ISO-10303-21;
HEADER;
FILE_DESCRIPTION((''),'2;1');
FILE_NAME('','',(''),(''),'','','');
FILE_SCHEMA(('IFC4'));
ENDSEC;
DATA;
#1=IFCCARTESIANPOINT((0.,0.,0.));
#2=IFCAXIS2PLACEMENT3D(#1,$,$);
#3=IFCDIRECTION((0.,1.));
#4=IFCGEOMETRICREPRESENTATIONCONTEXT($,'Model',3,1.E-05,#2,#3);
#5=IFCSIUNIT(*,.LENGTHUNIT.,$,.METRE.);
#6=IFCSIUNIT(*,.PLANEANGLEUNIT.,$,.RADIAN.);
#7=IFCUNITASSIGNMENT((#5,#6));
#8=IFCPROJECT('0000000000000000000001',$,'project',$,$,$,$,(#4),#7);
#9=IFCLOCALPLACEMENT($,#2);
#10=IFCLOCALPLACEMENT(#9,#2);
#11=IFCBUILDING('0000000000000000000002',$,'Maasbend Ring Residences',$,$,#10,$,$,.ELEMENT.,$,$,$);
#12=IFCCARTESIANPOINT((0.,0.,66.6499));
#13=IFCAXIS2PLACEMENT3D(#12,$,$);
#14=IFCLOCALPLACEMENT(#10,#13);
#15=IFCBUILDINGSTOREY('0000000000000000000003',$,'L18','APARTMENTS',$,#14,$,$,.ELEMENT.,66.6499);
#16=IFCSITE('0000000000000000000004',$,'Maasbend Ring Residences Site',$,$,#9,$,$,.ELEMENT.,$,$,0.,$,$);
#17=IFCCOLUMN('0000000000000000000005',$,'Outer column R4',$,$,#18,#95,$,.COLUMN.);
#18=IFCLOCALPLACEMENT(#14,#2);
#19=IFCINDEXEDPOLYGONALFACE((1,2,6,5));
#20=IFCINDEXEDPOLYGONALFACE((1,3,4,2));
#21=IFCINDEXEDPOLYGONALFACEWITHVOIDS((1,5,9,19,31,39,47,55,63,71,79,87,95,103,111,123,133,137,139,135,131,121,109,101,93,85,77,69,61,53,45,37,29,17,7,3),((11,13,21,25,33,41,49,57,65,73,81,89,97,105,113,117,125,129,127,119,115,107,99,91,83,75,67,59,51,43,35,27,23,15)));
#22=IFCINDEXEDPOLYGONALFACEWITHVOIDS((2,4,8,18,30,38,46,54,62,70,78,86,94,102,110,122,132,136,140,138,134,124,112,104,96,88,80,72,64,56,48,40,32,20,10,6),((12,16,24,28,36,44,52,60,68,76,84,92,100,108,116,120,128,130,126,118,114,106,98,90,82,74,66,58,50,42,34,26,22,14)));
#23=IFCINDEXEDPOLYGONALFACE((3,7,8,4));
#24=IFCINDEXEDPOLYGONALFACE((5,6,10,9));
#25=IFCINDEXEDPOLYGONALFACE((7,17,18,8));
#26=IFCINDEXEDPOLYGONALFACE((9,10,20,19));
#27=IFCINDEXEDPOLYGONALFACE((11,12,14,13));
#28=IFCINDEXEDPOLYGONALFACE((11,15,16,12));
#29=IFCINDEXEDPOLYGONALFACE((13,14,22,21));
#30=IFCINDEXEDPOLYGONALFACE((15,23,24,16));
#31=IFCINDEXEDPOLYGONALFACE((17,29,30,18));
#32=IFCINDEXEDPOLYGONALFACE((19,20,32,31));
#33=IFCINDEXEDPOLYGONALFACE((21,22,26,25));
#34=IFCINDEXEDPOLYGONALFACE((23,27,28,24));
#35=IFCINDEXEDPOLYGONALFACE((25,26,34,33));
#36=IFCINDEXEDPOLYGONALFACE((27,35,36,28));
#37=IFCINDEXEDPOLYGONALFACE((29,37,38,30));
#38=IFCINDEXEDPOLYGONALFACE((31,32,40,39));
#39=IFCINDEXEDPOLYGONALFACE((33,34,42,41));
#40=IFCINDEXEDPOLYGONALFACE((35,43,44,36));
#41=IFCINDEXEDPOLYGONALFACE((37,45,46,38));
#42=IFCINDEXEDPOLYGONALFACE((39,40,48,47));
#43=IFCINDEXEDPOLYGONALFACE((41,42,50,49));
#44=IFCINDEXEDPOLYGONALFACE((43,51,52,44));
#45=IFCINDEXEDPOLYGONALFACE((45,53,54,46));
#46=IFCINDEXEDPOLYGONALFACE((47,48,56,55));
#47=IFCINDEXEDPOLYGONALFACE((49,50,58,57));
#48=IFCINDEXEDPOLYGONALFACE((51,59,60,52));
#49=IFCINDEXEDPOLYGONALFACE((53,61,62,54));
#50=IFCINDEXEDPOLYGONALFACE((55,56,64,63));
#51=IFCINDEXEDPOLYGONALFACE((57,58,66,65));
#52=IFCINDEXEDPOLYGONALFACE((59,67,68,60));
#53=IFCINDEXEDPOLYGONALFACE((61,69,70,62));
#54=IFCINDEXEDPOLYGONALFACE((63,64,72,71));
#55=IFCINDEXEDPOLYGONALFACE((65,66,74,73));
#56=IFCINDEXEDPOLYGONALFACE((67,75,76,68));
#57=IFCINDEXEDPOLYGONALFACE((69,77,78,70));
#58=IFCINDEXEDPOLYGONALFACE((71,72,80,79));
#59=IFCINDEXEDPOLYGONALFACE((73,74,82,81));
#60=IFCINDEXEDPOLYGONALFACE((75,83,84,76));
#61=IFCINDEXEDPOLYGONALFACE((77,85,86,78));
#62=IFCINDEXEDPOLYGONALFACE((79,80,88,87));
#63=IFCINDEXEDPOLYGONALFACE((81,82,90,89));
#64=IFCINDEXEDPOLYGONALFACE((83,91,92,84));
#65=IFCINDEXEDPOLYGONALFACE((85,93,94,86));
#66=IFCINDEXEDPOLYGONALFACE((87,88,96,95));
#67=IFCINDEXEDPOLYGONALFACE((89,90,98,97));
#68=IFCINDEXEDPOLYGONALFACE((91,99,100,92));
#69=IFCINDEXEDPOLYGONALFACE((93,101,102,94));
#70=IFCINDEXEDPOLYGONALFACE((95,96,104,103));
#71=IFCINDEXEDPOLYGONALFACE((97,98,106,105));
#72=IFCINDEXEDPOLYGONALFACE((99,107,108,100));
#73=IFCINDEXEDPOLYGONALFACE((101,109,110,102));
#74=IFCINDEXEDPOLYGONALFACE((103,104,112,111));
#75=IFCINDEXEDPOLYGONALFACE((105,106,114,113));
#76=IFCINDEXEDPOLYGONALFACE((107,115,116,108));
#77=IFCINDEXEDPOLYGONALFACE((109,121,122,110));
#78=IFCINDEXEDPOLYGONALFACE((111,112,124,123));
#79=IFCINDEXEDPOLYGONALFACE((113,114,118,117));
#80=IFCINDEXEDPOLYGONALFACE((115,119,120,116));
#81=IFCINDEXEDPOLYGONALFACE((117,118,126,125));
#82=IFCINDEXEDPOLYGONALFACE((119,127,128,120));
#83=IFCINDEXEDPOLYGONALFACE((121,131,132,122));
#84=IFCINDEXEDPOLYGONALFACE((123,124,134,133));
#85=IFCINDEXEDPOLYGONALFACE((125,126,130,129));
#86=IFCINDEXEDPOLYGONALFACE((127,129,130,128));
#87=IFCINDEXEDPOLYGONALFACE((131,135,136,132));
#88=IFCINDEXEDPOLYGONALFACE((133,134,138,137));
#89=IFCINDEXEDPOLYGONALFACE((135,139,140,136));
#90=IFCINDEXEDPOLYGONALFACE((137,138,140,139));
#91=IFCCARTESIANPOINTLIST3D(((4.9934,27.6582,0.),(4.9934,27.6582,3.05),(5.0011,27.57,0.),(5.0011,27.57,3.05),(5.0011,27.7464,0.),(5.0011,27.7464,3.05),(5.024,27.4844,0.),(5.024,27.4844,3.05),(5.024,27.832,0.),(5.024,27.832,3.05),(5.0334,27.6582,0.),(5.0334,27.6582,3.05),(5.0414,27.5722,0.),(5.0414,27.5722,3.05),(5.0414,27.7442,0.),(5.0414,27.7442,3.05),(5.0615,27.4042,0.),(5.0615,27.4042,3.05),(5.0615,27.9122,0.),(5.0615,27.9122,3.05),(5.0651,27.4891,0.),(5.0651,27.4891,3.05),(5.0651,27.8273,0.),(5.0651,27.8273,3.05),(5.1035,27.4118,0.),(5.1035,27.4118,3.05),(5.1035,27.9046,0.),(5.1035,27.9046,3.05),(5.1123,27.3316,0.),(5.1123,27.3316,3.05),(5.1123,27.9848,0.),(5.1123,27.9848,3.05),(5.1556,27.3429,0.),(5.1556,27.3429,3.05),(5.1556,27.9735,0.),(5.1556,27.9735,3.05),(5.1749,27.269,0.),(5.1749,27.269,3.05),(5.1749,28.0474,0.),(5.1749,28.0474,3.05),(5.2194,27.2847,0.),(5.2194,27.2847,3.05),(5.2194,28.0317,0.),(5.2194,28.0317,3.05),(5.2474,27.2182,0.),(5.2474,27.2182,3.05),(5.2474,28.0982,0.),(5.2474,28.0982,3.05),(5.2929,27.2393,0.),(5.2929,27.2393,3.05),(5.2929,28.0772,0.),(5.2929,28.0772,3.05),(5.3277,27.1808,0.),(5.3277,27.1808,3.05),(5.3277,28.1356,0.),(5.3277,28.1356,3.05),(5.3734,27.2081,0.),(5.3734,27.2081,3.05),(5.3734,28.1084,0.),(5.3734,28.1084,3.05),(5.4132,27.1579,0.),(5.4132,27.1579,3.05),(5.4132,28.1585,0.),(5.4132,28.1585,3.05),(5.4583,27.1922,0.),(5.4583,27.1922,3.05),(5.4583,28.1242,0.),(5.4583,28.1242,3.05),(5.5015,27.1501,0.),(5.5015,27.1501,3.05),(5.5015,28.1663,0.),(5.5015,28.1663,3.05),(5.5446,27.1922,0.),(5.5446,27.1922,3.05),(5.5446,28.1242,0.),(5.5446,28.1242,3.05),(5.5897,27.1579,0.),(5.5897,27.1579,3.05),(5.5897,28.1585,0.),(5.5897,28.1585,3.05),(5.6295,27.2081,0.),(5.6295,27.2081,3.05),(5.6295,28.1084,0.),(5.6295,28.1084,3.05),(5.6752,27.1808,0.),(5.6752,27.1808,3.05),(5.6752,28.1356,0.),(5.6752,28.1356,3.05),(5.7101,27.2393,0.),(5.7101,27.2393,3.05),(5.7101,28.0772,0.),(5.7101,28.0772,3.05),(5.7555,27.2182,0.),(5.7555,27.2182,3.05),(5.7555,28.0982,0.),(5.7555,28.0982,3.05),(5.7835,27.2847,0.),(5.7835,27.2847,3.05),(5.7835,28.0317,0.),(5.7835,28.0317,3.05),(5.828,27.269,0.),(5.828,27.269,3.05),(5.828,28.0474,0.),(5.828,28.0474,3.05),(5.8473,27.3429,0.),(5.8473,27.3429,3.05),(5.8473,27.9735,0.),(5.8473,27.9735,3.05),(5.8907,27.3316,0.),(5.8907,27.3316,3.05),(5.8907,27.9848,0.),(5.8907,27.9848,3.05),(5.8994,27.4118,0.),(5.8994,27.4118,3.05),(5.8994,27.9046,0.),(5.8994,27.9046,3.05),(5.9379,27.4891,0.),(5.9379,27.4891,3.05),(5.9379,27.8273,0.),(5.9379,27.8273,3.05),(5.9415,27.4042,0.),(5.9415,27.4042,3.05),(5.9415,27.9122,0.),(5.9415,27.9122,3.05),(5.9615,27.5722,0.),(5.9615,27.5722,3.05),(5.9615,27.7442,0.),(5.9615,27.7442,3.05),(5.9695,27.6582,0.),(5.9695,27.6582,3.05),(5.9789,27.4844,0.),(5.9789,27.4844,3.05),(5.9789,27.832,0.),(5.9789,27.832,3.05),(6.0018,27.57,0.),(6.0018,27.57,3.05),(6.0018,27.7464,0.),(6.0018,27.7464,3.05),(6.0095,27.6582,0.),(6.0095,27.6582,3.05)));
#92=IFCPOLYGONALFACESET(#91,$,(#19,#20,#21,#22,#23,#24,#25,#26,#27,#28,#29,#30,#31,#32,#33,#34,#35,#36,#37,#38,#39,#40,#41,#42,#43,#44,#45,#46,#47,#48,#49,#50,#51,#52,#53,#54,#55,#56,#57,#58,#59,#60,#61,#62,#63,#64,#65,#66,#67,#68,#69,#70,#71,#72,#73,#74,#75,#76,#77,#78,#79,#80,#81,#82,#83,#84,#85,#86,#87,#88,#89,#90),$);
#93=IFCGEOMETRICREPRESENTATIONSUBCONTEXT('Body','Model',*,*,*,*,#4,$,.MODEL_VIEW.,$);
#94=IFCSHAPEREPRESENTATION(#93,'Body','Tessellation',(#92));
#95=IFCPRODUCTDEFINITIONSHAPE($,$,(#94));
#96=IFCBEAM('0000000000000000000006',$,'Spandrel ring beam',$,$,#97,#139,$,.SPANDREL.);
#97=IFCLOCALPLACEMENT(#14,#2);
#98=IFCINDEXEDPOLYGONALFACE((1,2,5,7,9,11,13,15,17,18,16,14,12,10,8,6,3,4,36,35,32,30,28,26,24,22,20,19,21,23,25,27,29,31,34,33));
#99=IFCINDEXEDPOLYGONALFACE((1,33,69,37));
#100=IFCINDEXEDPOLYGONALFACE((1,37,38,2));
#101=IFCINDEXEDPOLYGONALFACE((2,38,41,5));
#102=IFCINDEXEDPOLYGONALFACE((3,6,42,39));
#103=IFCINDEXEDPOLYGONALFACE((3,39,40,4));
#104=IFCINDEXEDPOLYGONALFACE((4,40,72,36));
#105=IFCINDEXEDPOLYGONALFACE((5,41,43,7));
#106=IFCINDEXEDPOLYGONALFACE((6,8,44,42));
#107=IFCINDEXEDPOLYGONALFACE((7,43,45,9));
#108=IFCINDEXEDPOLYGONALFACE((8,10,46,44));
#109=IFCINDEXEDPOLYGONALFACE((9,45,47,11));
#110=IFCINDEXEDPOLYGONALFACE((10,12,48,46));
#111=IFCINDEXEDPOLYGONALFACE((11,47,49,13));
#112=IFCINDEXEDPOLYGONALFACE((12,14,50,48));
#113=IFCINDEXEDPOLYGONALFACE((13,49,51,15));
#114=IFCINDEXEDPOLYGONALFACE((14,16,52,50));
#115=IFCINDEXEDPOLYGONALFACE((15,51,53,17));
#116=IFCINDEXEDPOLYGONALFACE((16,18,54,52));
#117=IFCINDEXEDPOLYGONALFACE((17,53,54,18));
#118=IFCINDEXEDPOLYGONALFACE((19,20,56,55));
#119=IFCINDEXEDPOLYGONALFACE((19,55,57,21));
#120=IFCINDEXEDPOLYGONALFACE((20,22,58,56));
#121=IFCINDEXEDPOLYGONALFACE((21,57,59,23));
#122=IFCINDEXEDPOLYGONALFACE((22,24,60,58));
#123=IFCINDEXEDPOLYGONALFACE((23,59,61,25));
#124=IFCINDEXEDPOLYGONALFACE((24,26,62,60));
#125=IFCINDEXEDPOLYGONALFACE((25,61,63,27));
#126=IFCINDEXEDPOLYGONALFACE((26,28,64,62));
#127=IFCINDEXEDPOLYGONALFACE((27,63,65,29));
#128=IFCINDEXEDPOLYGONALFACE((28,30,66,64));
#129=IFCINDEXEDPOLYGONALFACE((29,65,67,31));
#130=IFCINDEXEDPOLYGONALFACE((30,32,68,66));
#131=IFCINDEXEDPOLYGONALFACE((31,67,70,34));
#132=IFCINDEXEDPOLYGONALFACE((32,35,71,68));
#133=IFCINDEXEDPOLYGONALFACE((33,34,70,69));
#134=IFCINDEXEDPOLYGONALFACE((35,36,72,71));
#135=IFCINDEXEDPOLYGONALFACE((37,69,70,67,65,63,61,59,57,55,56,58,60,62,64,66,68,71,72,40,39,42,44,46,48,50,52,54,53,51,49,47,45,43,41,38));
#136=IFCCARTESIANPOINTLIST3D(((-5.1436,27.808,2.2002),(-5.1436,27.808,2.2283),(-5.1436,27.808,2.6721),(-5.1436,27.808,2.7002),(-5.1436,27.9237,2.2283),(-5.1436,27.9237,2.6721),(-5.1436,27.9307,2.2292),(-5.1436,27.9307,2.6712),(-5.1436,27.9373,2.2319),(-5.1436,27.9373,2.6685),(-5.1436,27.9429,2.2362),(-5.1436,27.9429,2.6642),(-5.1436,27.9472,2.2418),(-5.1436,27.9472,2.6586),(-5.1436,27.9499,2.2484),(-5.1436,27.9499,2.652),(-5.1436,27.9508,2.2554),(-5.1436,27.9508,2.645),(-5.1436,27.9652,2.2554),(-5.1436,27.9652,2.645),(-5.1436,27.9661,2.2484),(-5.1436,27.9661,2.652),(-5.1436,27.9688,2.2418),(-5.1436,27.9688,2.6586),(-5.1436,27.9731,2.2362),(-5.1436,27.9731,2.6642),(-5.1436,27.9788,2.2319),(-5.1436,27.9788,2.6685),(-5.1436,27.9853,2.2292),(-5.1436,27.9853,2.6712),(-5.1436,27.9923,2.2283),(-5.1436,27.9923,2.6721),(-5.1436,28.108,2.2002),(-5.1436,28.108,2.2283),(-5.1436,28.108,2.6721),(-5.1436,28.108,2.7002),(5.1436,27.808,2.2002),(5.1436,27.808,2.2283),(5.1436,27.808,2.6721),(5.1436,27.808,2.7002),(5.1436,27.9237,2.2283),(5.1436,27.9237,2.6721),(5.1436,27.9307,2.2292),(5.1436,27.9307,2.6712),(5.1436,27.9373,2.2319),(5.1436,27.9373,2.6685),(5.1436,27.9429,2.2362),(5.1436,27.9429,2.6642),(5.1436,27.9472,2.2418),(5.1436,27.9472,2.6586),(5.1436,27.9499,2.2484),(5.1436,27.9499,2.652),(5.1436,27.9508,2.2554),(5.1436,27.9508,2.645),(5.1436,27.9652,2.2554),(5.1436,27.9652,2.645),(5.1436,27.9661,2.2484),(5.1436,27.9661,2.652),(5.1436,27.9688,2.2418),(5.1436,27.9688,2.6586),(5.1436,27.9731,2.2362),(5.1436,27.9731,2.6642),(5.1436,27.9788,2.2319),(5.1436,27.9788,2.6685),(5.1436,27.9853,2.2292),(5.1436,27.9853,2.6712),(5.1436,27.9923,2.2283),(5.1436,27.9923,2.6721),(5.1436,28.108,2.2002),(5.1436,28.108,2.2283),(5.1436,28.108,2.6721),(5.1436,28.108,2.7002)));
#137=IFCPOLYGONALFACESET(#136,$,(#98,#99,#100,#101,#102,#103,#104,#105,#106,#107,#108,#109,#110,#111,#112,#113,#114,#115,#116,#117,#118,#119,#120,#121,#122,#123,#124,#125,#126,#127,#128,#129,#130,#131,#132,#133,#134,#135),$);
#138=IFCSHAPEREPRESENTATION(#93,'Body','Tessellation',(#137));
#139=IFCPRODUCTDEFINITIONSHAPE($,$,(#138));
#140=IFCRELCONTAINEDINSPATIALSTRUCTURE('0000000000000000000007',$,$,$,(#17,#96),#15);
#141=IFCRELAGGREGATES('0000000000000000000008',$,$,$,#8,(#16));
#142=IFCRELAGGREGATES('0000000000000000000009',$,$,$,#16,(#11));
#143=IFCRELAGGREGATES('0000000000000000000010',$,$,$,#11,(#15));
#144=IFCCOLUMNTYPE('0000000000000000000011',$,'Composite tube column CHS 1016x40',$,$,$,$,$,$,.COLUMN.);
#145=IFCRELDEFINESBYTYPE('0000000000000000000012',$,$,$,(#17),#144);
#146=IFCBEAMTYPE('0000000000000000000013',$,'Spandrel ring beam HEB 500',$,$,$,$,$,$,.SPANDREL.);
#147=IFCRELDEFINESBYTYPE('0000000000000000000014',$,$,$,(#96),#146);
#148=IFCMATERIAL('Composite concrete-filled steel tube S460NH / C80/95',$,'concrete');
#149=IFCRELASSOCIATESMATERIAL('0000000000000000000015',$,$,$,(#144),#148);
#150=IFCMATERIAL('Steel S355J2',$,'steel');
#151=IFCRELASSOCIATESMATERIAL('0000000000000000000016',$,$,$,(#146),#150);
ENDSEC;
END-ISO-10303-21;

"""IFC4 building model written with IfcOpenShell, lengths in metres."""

from ifc_helpers import new_model, si_unit, direction, frame, origin, origin_2d, place, context, subcontext, project, spatial, hollow_circle, i_section, extrude, material, material_profile, profile_set, type_object, element, save


model = new_model("IFC4")

# Units and contexts
model_context = context("Model", 3, precision=1e-05, world=origin(), true_north=direction((0.0, 1.0)))
body_context = subcontext(model_context, "Body", "Model", "MODEL_VIEW")
ifc_project = project(units=[si_unit("LENGTHUNIT", "METRE"), si_unit("PLANEANGLEUNIT", "RADIAN")], contexts=[model_context])

# Site, building, storey
site_placement = place(None, origin())
site = spatial("IfcSite", under=ifc_project, at=site_placement, Name="Maasbend Ring Residences Site", CompositionType="ELEMENT", RefElevation=0.0)
building_placement = place(site_placement, origin())
building = spatial("IfcBuilding", under=site, at=building_placement, Name="Maasbend Ring Residences", CompositionType="ELEMENT")
storey_placement = place(building_placement, frame((0.0, 0.0, 66.6499)))
storey = spatial("IfcBuildingStorey", under=building, at=storey_placement, Name="L18", Description="APARTMENTS", CompositionType="ELEMENT", Elevation=66.6499)

# Column
ifc_material_1 = material(Name="Composite concrete-filled steel tube S460NH / C80/95", Category="concrete")
ifc_material_profile_1 = material_profile(ifc_material_1, hollow_circle(Radius=0.5081, WallThickness=0.04, at=origin_2d()), Name="Composite tube column CHS 1016x40")
ifc_profile_set_1 = profile_set([ifc_material_profile_1], Name="Composite concrete-filled steel tube S460NH / C80/95")
column_type = type_object("IfcColumnType", Name="Composite tube column CHS 1016x40", PredefinedType="COLUMN", material=ifc_profile_set_1)
column_placement = place(storey_placement, frame((5.5015, 27.6582, 0.0), z_axis=(0.0, 0.0, 1.0), x_axis=(1.0, 0.0, 0.0)))
element("IfcColumn", 1, at=column_placement, inside=storey, type_object=column_type, Name="Outer column R4", PredefinedType="COLUMN", context=body_context, shape_type="SweptSolid", body=[
    extrude(hollow_circle(Radius=0.5081, WallThickness=0.04, at=origin_2d()), origin(), (0.0, 0.0, 1.0), 3.05),
])

# Beam
ifc_material_2 = material(Name="Steel S355J2", Category="steel")
ifc_material_profile_2 = material_profile(ifc_material_2, i_section(OverallWidth=0.3, OverallDepth=0.5, WebThickness=0.0144, FlangeThickness=0.0281, FilletRadius=0.0271, at=origin_2d()), Name="HEB 500")
ifc_profile_set_2 = profile_set([ifc_material_profile_2], Name="Steel S355J2")
beam_type = type_object("IfcBeamType", Name="Spandrel ring beam HEB 500", PredefinedType="SPANDREL", material=ifc_profile_set_2)
beam_placement = place(storey_placement, frame((5.1436, 27.958, 2.4502), z_axis=(-1.0, 0.0, 0.0), x_axis=(0.0, -1.0, 0.0)))
element("IfcBeam", 2, at=beam_placement, inside=storey, type_object=beam_type, Name="Spandrel ring beam", PredefinedType="SPANDREL", context=body_context, shape_type="SweptSolid", body=[
    extrude(i_section(OverallWidth=0.3, OverallDepth=0.5, WebThickness=0.0144, FlangeThickness=0.0281, FilletRadius=0.0271, at=origin_2d()), origin(), (0.0, 0.0, 1.0), 10.2871),
])

save(model, "model.ifc")
